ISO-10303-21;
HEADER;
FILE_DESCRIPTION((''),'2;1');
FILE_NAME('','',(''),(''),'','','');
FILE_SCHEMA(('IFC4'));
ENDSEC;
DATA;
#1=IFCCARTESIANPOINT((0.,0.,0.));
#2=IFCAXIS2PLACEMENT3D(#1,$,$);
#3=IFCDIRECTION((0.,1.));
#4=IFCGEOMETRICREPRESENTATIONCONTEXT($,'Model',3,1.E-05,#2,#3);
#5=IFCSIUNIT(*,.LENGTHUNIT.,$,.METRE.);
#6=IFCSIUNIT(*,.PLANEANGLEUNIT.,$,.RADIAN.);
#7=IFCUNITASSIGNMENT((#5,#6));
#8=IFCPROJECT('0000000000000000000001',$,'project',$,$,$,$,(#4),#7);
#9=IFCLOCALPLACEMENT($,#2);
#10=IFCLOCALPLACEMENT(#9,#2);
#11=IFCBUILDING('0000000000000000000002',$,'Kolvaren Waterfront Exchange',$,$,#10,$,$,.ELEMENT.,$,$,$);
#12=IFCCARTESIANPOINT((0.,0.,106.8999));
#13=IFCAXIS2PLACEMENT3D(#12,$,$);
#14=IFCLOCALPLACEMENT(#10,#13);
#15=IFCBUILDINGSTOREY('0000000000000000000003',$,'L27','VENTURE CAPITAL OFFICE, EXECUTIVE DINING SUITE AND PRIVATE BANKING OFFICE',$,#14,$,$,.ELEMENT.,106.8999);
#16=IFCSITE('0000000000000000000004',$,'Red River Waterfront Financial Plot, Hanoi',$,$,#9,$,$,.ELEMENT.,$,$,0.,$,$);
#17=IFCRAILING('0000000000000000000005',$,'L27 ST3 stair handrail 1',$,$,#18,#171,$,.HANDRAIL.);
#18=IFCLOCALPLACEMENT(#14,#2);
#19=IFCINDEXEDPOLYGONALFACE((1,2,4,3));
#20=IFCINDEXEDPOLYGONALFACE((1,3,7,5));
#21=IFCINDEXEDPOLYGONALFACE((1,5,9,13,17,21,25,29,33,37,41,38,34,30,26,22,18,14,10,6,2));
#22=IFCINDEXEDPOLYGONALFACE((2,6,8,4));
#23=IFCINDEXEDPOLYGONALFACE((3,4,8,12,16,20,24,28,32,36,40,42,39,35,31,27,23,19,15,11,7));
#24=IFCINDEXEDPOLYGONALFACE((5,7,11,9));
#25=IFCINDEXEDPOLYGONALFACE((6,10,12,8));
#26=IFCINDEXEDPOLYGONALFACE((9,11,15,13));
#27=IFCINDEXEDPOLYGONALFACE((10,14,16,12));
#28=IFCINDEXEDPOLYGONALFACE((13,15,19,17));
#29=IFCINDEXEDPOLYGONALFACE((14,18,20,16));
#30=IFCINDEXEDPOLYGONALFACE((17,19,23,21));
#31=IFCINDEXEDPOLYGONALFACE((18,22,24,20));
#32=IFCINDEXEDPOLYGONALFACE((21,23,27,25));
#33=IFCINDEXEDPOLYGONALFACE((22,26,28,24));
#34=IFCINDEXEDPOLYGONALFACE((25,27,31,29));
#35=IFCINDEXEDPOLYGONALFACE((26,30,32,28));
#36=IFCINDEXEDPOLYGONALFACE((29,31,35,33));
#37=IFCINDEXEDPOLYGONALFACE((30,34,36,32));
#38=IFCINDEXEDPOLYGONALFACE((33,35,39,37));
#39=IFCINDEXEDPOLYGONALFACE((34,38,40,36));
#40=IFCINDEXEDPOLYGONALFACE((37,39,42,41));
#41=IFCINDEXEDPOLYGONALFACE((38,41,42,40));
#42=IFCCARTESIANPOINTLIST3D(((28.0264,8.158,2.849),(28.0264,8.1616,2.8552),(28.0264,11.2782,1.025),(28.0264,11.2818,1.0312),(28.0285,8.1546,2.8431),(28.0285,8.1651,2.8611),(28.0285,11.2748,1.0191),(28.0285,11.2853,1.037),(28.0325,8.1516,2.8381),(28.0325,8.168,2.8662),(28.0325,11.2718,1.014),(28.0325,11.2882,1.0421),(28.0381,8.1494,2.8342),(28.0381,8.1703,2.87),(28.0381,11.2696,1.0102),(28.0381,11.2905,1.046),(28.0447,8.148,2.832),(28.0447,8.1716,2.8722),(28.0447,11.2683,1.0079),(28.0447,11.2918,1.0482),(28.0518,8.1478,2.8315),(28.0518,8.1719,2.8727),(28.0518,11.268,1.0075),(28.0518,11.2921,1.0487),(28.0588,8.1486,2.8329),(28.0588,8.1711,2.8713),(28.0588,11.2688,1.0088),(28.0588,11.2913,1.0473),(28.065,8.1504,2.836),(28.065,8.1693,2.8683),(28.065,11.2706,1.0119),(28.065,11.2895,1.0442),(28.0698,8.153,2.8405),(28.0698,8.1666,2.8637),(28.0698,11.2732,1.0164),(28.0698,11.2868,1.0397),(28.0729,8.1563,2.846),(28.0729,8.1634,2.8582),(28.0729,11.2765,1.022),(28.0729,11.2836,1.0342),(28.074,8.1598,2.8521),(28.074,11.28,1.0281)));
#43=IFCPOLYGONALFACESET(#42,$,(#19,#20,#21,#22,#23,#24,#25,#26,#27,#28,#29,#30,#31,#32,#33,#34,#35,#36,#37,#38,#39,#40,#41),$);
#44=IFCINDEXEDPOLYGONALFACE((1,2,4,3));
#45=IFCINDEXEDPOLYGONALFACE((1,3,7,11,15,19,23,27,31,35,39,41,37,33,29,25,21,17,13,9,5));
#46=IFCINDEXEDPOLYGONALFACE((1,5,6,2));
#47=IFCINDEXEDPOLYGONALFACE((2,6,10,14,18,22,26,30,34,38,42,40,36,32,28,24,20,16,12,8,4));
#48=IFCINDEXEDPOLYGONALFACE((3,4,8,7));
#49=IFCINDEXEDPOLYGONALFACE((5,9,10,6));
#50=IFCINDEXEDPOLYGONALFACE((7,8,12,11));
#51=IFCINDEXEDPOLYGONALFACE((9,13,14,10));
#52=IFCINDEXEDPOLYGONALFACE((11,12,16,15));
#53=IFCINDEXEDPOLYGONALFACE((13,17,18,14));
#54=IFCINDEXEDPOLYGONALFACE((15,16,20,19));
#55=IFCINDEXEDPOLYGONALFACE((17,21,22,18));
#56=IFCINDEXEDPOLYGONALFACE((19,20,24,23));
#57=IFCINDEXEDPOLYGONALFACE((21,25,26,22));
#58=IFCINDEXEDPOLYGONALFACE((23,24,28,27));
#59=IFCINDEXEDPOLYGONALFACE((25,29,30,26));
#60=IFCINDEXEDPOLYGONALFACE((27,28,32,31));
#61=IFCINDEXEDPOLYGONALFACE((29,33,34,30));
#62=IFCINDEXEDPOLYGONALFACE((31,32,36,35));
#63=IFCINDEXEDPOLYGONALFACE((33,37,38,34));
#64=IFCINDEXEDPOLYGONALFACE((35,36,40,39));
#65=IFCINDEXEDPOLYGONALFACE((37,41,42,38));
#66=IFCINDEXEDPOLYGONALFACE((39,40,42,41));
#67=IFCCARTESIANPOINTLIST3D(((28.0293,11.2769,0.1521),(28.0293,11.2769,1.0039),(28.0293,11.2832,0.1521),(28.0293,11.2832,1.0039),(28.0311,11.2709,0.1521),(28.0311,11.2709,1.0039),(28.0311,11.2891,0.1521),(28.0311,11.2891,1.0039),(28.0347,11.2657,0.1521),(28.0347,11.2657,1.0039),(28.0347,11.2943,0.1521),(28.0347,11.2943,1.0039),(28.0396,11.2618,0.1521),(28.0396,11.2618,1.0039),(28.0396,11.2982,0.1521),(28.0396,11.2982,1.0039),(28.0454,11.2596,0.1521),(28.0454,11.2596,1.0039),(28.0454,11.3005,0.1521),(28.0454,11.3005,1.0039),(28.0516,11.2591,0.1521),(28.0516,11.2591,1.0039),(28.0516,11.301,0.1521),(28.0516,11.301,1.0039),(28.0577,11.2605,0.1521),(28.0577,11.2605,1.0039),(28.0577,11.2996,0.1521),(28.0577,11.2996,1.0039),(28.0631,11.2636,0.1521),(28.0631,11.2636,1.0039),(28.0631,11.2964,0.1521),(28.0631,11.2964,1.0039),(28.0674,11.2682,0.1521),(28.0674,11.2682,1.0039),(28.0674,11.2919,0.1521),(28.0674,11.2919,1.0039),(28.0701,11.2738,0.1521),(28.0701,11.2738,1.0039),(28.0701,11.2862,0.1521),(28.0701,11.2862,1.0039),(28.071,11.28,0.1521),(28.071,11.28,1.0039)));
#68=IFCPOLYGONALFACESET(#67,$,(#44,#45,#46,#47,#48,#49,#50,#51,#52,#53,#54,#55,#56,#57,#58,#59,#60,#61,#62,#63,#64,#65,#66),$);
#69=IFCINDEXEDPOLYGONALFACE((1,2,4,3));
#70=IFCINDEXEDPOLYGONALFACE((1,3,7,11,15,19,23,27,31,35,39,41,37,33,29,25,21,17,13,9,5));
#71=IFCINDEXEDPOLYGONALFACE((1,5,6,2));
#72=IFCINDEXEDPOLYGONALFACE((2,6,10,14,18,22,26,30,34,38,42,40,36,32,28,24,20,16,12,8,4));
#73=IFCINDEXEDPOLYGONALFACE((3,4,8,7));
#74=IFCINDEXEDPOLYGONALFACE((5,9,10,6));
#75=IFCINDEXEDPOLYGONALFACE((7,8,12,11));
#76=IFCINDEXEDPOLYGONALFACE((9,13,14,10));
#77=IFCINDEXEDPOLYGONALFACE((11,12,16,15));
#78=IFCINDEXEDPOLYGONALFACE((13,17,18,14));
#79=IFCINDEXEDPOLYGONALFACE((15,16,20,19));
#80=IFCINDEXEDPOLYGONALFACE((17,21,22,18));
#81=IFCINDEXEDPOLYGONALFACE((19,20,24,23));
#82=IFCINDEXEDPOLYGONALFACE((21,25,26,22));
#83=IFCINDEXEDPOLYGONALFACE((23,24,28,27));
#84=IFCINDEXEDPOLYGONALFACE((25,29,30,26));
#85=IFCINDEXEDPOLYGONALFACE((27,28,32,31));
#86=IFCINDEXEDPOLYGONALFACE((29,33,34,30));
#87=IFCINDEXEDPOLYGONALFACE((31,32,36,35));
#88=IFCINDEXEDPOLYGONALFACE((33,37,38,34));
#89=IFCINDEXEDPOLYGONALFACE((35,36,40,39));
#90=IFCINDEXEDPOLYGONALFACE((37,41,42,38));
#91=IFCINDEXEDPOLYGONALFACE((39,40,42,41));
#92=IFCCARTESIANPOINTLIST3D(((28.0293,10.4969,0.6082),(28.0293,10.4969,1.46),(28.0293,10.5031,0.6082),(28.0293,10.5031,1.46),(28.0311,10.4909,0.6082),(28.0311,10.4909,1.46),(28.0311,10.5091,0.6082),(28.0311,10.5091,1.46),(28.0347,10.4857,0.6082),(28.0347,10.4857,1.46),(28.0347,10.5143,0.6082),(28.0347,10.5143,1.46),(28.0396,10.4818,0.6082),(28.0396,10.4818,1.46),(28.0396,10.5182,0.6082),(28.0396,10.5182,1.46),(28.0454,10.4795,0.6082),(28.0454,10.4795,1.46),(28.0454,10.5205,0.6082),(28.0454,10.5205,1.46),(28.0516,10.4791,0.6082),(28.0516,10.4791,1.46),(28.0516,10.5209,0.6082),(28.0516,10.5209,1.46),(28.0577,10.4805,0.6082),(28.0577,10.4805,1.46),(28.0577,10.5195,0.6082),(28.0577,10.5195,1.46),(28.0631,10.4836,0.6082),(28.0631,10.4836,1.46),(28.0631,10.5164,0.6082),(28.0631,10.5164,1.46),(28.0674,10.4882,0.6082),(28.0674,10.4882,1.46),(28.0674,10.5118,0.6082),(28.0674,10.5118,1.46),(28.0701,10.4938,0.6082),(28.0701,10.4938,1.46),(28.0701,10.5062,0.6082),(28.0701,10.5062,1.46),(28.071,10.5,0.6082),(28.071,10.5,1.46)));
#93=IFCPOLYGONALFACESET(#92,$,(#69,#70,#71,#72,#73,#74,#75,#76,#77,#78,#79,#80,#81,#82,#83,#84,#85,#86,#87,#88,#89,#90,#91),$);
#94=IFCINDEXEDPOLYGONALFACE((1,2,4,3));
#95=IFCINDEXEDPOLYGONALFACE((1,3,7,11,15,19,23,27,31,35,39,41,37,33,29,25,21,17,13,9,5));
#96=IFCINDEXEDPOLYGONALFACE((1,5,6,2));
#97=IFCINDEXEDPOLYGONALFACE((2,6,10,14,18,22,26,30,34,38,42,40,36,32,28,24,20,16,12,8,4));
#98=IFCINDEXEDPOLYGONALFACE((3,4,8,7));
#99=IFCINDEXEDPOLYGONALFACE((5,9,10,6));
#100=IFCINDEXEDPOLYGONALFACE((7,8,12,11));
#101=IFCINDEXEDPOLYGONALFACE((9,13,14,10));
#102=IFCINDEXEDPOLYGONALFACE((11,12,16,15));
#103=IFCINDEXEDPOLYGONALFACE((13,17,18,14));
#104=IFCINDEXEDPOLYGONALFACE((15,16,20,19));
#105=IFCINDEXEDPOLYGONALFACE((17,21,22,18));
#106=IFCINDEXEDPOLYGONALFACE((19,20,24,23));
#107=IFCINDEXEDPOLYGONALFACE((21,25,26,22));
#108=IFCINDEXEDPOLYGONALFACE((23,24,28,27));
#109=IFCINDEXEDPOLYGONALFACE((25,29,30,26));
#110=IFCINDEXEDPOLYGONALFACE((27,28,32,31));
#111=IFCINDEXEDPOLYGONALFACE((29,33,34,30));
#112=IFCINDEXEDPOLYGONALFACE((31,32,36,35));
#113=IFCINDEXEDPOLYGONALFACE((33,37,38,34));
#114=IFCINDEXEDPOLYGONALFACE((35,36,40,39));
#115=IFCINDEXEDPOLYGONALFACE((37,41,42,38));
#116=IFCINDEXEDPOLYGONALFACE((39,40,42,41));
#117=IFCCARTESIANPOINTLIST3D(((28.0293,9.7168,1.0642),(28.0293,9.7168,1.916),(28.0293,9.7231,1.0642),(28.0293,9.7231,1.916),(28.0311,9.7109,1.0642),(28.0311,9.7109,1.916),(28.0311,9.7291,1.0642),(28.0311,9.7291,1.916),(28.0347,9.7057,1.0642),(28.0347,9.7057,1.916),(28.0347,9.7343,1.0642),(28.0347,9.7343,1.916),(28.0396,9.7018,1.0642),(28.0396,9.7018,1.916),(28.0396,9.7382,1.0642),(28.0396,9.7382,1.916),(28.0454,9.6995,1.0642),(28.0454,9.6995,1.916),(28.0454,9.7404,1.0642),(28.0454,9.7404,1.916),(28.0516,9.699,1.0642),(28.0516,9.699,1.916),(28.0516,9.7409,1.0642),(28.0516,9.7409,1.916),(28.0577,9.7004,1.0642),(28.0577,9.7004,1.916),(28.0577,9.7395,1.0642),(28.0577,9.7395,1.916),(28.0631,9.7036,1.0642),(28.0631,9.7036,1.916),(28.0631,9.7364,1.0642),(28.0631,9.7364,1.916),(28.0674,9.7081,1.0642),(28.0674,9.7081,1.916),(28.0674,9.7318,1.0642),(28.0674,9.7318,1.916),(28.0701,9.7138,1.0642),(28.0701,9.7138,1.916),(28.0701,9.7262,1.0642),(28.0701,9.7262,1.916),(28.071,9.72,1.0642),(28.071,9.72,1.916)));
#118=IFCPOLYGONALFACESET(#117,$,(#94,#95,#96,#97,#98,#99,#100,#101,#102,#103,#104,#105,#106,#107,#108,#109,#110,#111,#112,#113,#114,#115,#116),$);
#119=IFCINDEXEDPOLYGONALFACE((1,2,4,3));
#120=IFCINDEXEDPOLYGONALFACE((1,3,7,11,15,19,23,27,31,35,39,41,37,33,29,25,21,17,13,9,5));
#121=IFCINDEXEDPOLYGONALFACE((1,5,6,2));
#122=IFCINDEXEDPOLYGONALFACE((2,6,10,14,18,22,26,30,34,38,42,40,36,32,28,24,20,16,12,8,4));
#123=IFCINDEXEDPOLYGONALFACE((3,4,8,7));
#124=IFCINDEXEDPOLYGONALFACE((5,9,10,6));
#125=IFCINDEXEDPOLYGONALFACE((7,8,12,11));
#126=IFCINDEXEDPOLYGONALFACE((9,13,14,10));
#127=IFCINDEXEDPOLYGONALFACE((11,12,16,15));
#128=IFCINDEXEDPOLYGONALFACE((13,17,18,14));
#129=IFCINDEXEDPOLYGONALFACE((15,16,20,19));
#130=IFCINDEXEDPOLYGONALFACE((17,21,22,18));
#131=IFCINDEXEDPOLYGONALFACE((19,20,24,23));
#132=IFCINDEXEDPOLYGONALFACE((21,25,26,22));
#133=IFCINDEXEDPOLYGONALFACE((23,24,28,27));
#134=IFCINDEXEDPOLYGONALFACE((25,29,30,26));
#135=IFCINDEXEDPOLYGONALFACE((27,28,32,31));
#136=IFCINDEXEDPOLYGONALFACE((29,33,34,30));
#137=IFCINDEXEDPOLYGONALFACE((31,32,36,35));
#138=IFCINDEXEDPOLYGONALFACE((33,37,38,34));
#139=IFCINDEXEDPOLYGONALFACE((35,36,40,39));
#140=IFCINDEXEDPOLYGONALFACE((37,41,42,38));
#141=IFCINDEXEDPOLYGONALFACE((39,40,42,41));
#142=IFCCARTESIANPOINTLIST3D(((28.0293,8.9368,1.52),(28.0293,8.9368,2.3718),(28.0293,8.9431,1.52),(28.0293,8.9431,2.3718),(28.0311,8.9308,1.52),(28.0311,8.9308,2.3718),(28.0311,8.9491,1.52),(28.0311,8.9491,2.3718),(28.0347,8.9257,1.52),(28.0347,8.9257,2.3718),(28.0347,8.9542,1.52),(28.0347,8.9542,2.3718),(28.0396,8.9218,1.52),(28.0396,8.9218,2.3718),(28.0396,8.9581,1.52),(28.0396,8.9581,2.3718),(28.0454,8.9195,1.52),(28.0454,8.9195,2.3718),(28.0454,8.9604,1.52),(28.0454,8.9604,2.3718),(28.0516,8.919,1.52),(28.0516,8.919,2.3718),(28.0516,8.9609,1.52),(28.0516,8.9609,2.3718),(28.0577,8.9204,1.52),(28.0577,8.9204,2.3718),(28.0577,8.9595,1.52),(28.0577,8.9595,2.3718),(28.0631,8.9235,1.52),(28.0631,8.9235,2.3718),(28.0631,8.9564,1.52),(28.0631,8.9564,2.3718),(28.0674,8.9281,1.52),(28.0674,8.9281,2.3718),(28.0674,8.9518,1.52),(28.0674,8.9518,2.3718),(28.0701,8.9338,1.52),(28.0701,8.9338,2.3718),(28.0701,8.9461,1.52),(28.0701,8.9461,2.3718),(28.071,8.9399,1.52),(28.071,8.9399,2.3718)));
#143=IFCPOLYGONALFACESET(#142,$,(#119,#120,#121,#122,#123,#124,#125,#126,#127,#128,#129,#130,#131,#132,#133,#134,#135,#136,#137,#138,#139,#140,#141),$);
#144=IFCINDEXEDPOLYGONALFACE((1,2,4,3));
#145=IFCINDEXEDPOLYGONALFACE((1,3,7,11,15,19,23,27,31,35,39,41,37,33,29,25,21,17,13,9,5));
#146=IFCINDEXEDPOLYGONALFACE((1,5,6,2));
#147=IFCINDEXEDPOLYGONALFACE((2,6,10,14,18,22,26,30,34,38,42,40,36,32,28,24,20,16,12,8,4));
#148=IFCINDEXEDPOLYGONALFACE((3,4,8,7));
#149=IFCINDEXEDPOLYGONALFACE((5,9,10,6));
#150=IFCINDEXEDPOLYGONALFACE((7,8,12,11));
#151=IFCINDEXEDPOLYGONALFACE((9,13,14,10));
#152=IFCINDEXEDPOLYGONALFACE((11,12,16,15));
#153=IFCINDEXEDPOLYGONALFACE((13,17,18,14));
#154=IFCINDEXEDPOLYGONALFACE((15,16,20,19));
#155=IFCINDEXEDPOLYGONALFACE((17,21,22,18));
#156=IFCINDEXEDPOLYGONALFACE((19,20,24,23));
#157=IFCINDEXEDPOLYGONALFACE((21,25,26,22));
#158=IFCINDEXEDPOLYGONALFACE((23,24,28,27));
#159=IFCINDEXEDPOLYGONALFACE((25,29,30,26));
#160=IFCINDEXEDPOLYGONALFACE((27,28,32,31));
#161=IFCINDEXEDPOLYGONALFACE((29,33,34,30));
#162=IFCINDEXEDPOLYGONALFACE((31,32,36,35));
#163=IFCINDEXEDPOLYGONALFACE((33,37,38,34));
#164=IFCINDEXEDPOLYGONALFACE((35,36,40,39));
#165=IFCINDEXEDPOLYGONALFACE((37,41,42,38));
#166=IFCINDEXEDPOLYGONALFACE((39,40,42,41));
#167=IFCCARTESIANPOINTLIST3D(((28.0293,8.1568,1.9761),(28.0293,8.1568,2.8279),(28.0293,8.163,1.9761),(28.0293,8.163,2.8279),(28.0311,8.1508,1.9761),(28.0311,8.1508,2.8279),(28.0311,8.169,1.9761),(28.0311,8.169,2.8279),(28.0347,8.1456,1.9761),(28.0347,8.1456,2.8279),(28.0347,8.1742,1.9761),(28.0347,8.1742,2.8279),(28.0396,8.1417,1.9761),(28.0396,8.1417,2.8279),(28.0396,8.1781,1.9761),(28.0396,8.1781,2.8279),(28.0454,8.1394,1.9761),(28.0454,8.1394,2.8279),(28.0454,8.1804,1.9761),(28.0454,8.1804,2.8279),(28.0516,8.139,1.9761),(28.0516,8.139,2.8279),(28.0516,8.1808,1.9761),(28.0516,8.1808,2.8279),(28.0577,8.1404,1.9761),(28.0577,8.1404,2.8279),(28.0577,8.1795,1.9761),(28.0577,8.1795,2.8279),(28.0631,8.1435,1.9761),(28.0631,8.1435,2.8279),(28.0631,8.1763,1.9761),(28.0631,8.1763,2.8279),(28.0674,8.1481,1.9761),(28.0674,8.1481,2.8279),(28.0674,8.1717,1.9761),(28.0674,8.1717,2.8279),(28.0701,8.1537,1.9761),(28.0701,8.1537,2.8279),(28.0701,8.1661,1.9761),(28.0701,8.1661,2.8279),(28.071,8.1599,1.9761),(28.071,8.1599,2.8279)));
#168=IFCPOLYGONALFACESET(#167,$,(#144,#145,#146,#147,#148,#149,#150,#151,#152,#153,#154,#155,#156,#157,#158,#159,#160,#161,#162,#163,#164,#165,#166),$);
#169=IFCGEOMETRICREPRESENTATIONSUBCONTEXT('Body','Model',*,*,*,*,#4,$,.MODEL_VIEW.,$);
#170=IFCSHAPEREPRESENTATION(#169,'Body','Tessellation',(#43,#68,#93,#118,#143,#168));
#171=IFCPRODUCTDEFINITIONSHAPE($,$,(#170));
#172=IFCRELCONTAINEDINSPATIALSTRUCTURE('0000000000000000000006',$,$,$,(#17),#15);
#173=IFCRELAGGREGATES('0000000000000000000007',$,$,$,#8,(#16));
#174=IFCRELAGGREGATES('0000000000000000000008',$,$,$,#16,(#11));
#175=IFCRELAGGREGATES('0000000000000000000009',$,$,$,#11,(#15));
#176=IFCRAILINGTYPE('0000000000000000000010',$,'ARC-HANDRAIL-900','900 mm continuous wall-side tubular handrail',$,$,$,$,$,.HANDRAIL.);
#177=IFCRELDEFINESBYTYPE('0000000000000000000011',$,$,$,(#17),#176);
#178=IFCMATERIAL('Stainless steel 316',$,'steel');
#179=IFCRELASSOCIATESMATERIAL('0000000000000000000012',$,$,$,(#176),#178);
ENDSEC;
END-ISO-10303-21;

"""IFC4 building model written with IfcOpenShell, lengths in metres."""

from ifc_helpers import new_model, si_unit, direction, frame, origin, origin_2d, place, context, subcontext, project, spatial, circle, extrude, material, type_object, element, save


model = new_model("IFC4")

# Units and contexts
model_context = context("Model", 3, precision=1e-05, world=origin(), true_north=direction((0.0, 1.0)))
body_context = subcontext(model_context, "Body", "Model", "MODEL_VIEW")
ifc_project = project(units=[si_unit("LENGTHUNIT", "METRE"), si_unit("PLANEANGLEUNIT", "RADIAN")], contexts=[model_context])

# Site, building, storey
site_placement = place(None, origin())
site = spatial("IfcSite", under=ifc_project, at=site_placement, Name="Red River Waterfront Financial Plot, Hanoi", CompositionType="ELEMENT", RefElevation=0.0)
building_placement = place(site_placement, origin())
building = spatial("IfcBuilding", under=site, at=building_placement, Name="Kolvaren Waterfront Exchange", CompositionType="ELEMENT")
storey_placement = place(building_placement, frame((0.0, 0.0, 106.8999)))
storey = spatial("IfcBuildingStorey", under=building, at=storey_placement, Name="L27", Description="VENTURE CAPITAL OFFICE, EXECUTIVE DINING SUITE AND PRIVATE BANKING OFFICE", CompositionType="ELEMENT", Elevation=106.8999)

# Railing
ifc_material_1 = material(Name="Stainless steel 316", Category="steel")
railing_type_1 = type_object("IfcRailingType", Name="ARC-HANDRAIL-900", Description="900 mm continuous wall-side tubular handrail", PredefinedType="HANDRAIL", material=ifc_material_1)
railing_1_placement = place(storey_placement, frame((28.05, 11.28, 0.1521)))
element("IfcRailing", 1, at=railing_1_placement, inside=storey, type_object=railing_type_1, Name="L27 ST3 stair handrail 1", PredefinedType="HANDRAIL", context=body_context, shape_type="SweptSolid", body=[
    extrude(circle(Radius=0.0239, at=origin_2d()), frame((0.0, 0.0, 0.876), z_axis=(0.0, -0.863308, 0.504677), x_axis=(1.0, 0.0, 0.0)), (0.0, 0.0, 1.0), 3.6143),
    extrude(circle(Radius=0.021, at=origin_2d()), origin(), (0.0, 0.0, 1.0), 0.8518),
    extrude(circle(Radius=0.021, at=origin_2d()), frame((0.0, -0.78, 0.4561)), (0.0, 0.0, 1.0), 0.8518),
    extrude(circle(Radius=0.021, at=origin_2d()), frame((0.0, -1.5601, 0.9121)), (0.0, 0.0, 1.0), 0.8518),
    extrude(circle(Radius=0.021, at=origin_2d()), frame((0.0, -2.3401, 1.3679)), (0.0, 0.0, 1.0), 0.8518),
    extrude(circle(Radius=0.021, at=origin_2d()), frame((0.0, -3.1201, 1.824)), (0.0, 0.0, 1.0), 0.8518),
])

save(model, "model.ifc")
